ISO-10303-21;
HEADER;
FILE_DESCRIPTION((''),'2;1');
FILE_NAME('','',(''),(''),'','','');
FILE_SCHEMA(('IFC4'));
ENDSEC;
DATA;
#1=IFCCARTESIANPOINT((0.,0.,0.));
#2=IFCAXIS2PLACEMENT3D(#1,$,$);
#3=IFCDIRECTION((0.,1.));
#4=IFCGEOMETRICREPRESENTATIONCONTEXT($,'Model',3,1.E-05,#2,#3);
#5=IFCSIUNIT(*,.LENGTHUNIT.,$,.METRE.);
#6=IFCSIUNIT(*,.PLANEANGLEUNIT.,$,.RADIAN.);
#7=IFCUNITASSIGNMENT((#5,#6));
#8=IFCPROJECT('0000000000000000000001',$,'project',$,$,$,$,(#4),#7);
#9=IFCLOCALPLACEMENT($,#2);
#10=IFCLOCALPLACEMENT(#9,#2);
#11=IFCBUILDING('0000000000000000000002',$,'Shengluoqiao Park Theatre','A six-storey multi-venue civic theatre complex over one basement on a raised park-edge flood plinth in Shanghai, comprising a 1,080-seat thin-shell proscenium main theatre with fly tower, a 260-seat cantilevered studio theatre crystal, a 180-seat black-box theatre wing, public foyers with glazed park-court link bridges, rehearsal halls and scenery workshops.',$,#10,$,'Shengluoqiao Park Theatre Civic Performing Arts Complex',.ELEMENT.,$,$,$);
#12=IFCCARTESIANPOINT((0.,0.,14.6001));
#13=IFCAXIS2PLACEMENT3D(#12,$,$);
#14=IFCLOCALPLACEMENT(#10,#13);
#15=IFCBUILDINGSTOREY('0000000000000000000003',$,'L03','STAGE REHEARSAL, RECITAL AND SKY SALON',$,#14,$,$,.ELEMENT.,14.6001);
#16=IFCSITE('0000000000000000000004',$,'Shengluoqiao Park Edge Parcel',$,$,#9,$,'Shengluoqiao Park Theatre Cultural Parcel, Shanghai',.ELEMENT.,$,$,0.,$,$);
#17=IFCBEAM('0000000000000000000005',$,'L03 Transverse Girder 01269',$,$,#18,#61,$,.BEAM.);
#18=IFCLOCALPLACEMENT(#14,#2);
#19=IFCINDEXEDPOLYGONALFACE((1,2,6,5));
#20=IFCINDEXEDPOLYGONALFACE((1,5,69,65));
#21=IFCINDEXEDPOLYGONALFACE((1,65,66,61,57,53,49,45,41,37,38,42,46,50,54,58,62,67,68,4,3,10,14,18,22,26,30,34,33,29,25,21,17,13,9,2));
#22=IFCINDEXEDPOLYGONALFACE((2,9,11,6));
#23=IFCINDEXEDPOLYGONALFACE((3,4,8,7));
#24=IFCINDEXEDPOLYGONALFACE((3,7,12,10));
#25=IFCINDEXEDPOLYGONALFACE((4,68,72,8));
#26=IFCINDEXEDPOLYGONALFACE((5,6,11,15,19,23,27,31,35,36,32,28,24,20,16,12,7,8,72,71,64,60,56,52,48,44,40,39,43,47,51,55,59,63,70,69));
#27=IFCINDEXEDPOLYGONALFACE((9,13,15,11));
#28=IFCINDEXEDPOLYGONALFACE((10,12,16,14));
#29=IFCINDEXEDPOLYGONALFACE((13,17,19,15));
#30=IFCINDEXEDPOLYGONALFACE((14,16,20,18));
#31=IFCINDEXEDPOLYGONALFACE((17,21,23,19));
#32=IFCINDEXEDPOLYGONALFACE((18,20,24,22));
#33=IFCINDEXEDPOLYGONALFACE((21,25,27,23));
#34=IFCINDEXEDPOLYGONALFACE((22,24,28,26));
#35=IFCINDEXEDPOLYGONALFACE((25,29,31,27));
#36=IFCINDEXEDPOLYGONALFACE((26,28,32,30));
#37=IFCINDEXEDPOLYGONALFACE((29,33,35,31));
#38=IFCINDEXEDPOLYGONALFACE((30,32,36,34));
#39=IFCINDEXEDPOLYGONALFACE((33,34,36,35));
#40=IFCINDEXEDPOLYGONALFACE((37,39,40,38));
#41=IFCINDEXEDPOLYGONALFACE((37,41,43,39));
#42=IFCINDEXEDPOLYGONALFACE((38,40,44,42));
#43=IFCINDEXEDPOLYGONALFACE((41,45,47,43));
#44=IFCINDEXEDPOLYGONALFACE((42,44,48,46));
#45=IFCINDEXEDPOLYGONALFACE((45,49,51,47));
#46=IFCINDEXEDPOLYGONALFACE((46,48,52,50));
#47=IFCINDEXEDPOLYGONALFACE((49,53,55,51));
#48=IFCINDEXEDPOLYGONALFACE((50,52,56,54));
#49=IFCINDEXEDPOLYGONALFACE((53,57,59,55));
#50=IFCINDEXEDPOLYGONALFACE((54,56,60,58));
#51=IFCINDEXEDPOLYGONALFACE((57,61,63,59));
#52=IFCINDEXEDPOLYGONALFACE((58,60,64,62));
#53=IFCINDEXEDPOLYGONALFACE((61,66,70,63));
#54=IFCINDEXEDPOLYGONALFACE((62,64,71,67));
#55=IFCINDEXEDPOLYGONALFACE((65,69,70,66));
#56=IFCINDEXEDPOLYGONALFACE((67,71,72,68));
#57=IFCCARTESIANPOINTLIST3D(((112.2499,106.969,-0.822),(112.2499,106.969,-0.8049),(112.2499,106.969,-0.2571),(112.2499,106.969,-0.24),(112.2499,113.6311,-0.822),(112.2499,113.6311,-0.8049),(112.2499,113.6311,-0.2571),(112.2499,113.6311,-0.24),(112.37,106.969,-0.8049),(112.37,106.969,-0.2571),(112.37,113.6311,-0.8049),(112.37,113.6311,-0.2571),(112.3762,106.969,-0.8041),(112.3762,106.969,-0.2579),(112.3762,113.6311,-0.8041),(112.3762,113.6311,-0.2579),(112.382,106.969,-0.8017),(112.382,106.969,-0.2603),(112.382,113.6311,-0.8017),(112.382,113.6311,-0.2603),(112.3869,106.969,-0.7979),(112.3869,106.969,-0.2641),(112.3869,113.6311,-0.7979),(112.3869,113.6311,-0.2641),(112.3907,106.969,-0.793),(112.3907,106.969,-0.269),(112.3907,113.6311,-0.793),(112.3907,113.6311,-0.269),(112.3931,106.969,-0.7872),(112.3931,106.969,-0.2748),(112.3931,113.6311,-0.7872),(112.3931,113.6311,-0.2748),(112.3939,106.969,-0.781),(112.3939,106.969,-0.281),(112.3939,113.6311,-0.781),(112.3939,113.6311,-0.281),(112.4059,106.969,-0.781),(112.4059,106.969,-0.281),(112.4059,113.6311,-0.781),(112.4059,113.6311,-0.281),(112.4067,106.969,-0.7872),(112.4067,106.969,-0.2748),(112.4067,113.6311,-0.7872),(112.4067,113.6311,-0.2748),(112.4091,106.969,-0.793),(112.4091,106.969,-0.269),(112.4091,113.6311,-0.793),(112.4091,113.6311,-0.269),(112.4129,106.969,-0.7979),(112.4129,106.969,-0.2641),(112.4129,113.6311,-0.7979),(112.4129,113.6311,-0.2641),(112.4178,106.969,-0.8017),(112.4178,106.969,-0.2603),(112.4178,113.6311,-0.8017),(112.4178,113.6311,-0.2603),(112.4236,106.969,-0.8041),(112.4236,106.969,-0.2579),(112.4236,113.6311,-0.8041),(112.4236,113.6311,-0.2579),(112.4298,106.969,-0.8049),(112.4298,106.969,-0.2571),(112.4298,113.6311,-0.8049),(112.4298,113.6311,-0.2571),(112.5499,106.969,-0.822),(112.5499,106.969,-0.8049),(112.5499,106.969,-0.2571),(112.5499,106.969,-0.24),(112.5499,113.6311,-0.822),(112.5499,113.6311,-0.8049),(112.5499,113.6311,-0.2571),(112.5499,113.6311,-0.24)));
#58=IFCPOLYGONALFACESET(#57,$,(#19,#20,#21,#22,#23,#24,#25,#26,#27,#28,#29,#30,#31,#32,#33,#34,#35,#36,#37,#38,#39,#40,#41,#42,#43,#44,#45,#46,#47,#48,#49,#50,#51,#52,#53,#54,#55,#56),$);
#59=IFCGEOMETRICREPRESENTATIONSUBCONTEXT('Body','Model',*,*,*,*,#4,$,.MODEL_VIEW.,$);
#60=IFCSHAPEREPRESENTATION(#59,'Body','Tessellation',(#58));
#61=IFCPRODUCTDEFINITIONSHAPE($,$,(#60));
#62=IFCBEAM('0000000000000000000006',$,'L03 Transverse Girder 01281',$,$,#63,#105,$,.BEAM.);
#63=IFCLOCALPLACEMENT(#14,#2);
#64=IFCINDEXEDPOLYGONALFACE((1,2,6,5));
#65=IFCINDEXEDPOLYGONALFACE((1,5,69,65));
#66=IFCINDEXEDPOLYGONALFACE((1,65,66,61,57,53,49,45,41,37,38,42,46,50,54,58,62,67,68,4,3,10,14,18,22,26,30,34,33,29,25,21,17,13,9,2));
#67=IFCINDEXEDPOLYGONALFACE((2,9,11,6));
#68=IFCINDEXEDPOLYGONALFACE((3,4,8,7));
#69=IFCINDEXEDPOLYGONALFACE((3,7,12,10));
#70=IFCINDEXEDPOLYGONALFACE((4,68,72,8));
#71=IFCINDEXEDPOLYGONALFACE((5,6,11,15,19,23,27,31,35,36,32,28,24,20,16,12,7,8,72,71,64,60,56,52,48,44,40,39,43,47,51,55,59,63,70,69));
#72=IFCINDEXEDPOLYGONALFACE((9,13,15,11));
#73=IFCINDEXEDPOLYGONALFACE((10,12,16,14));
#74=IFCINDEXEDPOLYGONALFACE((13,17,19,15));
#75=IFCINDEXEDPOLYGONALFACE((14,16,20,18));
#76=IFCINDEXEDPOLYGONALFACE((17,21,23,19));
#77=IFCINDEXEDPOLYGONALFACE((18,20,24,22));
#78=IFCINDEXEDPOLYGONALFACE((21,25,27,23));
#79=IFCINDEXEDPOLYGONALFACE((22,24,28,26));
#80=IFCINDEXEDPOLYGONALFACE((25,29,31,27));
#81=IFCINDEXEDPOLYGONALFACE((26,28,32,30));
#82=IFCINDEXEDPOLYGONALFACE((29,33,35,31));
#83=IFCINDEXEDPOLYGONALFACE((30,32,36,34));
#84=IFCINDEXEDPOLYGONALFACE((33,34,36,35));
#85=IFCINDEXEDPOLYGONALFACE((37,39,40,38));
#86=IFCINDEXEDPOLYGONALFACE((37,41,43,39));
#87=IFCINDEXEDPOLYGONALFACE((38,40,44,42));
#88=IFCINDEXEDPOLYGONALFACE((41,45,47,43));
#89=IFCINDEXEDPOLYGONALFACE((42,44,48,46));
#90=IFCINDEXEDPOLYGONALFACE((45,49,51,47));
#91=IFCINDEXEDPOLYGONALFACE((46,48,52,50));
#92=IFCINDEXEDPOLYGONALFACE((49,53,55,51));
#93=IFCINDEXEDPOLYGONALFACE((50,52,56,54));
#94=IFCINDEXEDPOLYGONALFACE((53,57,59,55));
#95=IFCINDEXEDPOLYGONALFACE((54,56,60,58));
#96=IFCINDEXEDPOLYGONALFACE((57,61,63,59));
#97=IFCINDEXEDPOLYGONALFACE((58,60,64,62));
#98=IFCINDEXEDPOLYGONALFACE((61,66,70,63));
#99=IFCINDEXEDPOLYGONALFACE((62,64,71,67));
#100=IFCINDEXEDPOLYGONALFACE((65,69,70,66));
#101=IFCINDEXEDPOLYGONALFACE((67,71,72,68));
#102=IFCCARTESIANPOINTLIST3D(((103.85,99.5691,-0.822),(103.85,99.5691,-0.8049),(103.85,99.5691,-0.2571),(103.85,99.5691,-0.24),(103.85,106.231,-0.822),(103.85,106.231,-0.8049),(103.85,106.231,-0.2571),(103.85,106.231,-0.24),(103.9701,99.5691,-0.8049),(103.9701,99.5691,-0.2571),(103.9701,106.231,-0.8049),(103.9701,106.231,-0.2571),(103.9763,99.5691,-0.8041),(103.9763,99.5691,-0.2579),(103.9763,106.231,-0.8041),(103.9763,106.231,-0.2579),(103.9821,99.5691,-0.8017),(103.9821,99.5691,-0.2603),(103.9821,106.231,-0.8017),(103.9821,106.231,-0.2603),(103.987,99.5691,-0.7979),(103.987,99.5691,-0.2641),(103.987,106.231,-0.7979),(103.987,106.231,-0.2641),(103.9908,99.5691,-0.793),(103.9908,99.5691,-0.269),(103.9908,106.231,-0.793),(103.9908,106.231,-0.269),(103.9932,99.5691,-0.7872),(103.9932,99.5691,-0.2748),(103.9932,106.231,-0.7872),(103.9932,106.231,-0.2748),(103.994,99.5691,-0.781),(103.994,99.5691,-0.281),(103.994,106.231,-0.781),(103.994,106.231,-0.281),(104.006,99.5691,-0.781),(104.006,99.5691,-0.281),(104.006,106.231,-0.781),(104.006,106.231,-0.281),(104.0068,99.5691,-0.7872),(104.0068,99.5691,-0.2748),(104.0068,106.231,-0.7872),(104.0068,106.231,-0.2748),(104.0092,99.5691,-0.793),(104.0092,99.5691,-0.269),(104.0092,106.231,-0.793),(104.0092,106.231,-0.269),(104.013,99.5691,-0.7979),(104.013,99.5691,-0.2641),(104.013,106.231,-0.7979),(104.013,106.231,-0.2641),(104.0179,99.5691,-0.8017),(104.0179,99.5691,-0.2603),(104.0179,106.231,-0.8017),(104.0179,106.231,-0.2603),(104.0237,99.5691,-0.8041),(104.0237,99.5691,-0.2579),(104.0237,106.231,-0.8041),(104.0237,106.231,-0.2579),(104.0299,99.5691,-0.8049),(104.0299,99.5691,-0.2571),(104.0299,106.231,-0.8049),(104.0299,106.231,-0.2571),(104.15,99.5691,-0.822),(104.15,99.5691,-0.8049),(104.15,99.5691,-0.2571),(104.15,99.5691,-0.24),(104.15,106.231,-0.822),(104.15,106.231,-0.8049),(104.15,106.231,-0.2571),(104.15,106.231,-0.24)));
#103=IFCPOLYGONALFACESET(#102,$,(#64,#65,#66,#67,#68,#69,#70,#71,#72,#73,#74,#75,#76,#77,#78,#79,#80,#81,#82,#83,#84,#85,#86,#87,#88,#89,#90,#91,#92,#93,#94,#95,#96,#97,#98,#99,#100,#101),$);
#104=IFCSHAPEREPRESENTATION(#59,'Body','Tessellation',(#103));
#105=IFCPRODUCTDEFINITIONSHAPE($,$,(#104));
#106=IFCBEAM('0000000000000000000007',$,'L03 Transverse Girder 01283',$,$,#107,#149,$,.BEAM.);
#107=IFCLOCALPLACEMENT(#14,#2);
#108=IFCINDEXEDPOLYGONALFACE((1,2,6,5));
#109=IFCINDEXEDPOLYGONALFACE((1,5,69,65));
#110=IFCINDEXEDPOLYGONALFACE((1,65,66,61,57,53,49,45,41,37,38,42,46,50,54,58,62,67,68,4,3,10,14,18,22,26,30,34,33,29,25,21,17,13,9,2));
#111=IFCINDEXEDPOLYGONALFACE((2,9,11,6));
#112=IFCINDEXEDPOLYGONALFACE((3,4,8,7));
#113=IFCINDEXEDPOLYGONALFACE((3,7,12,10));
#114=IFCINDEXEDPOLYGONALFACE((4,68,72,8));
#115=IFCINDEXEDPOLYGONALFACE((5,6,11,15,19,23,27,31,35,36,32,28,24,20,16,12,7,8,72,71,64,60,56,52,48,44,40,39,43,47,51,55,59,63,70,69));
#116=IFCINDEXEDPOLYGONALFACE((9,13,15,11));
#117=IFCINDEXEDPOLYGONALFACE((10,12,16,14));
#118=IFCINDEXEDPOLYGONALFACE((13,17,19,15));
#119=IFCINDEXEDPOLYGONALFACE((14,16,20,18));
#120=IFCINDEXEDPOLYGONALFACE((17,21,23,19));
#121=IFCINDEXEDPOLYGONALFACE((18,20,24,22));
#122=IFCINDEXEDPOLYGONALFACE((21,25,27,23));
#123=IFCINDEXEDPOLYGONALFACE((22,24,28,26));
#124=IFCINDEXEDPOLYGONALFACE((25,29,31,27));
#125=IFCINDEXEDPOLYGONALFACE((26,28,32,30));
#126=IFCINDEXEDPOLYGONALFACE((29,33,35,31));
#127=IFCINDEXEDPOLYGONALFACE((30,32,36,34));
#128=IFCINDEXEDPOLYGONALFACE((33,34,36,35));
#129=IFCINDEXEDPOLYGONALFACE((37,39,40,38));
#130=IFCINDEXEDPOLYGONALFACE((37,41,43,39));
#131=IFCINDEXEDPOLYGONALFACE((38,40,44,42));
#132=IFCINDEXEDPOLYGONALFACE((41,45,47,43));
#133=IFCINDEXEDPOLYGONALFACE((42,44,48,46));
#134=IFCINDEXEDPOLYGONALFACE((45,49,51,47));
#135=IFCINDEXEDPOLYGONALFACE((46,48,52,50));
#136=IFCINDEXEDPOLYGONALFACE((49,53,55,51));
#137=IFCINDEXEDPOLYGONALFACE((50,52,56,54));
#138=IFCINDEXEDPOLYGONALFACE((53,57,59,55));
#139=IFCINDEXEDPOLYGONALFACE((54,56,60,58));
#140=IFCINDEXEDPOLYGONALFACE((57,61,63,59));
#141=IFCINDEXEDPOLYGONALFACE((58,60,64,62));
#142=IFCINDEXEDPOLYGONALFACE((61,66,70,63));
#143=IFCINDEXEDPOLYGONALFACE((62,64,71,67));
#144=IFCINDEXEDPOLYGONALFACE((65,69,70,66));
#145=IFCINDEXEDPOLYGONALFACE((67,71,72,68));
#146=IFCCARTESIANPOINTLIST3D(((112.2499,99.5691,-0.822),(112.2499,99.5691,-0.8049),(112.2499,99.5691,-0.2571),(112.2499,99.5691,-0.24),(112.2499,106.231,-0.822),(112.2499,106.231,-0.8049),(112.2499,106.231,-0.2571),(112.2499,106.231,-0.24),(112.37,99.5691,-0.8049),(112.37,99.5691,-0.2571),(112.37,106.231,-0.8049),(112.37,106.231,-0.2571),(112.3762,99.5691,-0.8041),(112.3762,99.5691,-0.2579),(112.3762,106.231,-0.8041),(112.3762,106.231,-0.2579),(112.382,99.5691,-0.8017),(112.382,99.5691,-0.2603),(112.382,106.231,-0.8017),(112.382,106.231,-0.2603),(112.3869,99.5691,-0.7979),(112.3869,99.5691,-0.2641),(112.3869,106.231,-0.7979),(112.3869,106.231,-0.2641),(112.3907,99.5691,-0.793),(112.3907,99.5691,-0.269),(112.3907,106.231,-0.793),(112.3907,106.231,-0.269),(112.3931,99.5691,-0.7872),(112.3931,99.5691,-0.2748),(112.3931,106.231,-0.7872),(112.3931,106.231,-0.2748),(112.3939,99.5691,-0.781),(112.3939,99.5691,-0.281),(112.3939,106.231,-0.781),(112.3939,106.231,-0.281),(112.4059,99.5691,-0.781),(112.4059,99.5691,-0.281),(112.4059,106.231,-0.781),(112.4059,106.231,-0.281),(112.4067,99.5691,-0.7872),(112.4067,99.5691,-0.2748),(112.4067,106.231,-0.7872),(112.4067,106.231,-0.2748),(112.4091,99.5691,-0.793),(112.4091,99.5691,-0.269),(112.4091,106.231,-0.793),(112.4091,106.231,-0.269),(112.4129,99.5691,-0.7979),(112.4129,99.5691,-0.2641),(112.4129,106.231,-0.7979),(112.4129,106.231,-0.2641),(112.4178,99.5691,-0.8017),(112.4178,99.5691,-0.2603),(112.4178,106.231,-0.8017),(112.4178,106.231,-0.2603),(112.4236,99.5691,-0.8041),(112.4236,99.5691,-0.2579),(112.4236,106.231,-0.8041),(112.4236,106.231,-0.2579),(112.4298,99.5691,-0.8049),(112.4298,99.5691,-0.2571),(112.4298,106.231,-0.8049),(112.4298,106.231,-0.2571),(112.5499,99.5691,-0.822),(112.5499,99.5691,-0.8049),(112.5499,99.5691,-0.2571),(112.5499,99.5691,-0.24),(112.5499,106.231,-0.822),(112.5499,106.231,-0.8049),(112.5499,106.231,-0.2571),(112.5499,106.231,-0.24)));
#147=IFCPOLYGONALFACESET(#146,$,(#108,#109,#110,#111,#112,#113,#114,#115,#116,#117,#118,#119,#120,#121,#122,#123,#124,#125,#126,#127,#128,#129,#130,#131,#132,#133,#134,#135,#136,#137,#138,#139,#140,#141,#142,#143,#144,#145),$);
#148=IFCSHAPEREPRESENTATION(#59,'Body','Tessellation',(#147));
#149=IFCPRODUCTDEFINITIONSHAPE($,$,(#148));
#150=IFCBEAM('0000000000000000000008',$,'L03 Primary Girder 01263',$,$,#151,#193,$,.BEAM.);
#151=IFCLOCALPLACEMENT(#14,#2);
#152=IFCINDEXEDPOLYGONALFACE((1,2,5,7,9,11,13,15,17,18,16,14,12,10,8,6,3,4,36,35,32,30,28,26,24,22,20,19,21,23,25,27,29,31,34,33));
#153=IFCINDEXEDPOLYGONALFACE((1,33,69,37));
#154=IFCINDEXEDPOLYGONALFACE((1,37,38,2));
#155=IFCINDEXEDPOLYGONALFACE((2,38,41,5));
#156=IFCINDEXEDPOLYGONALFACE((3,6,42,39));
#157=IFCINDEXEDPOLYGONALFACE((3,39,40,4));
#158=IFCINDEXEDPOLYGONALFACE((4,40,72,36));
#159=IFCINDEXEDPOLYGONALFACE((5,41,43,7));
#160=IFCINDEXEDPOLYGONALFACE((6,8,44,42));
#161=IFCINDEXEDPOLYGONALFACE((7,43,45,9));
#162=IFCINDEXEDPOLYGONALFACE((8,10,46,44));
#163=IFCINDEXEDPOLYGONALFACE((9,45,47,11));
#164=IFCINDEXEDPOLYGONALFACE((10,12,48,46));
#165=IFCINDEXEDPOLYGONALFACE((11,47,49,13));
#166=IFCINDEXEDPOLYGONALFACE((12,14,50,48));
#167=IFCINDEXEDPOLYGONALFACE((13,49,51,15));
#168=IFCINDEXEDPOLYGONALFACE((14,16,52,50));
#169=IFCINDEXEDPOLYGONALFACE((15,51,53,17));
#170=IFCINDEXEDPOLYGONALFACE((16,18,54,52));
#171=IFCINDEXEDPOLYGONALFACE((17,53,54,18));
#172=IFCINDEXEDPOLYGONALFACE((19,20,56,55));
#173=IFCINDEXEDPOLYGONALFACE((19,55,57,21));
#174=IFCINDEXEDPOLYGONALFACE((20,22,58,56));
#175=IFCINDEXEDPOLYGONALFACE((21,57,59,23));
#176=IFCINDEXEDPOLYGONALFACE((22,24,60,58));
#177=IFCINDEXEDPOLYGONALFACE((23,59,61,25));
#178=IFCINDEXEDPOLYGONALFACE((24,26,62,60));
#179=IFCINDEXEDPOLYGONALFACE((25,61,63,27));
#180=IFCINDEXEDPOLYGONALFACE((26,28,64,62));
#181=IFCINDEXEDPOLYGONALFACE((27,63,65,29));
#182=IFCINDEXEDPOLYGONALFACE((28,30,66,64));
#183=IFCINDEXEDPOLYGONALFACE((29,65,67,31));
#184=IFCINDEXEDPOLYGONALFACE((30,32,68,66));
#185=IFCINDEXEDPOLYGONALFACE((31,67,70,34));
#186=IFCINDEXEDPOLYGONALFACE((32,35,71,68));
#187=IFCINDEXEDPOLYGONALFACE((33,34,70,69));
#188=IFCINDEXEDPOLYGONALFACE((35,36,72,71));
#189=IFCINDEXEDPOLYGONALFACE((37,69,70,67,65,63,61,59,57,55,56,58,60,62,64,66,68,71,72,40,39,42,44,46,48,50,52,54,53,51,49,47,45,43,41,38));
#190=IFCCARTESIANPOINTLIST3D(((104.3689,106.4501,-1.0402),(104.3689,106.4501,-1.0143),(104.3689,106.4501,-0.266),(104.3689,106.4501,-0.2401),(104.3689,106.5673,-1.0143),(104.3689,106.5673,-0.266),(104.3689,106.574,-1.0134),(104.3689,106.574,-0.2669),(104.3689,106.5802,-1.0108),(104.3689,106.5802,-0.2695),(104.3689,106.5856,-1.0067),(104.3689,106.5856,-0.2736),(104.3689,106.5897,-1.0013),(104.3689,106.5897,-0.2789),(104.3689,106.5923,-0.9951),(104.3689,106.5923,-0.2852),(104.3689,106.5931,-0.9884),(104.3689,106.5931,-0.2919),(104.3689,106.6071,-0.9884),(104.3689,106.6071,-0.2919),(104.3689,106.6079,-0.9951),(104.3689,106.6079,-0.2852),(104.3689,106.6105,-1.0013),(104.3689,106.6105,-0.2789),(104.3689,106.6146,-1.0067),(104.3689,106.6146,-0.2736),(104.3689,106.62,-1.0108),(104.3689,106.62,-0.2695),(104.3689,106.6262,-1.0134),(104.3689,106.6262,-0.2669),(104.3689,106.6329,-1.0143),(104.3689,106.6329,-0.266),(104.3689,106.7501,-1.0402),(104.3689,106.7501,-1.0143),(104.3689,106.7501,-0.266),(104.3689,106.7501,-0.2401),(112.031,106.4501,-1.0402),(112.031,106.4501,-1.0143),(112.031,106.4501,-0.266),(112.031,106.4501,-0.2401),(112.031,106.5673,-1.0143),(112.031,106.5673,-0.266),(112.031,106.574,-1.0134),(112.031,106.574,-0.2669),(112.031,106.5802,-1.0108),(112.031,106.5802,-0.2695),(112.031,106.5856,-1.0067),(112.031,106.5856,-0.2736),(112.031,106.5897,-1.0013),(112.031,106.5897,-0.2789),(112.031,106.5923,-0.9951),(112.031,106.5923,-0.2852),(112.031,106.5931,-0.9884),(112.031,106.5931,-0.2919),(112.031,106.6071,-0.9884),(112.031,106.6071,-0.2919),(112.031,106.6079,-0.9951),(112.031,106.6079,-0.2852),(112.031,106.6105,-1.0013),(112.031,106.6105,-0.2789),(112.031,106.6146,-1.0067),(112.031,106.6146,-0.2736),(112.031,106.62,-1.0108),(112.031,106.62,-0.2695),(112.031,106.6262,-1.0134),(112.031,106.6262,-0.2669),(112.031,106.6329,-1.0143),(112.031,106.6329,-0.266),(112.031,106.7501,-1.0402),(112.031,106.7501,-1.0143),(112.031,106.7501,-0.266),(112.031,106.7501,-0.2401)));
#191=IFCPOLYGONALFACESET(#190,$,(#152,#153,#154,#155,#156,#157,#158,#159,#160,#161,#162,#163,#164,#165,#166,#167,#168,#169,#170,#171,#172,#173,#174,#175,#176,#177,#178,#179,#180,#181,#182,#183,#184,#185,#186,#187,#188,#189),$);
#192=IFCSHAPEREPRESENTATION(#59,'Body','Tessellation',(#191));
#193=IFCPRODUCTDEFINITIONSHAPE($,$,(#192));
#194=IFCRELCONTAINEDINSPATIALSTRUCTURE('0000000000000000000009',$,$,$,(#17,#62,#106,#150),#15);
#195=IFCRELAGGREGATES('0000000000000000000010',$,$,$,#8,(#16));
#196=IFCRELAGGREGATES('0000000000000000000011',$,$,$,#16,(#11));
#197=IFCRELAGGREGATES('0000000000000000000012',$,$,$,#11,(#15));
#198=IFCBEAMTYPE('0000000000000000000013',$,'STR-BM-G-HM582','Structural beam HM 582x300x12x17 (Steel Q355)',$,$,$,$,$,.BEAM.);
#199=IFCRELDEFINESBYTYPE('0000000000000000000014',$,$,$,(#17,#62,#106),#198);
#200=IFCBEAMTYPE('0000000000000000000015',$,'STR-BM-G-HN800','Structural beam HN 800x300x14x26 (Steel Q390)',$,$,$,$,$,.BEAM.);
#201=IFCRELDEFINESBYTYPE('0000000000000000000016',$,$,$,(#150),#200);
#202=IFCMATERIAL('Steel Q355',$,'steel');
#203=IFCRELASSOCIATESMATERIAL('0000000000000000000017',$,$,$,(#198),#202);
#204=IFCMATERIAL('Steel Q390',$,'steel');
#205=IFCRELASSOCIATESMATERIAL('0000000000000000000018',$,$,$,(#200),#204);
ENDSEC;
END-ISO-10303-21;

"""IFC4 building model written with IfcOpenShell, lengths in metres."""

from ifc_helpers import new_model, si_unit, direction, frame, origin, origin_2d, place, context, subcontext, project, spatial, i_section, extrude, material, material_profile, profile_set, type_object, element, save


model = new_model("IFC4")

# Units and contexts
model_context = context("Model", 3, precision=1e-05, world=origin(), true_north=direction((0.0, 1.0)))
body_context = subcontext(model_context, "Body", "Model", "MODEL_VIEW")
ifc_project = project(units=[si_unit("LENGTHUNIT", "METRE"), si_unit("PLANEANGLEUNIT", "RADIAN")], contexts=[model_context])

# Site, building, storey
site_placement = place(None, origin())
site = spatial("IfcSite", under=ifc_project, at=site_placement, Name="Shengluoqiao Park Edge Parcel", LongName="Shengluoqiao Park Theatre Cultural Parcel, Shanghai", CompositionType="ELEMENT", RefElevation=0.0)
building_placement = place(site_placement, origin())
building = spatial("IfcBuilding", under=site, at=building_placement, Name="Shengluoqiao Park Theatre", Description="A six-storey multi-venue civic theatre complex over one basement on a raised park-edge flood plinth in Shanghai, comprising a 1,080-seat thin-shell proscenium main theatre with fly tower, a 260-seat cantilevered studio theatre crystal, a 180-seat black-box theatre wing, public foyers with glazed park-court link bridges, rehearsal halls and scenery workshops.", LongName="Shengluoqiao Park Theatre Civic Performing Arts Complex", CompositionType="ELEMENT")
storey_placement = place(building_placement, frame((0.0, 0.0, 14.6001)))
storey = spatial("IfcBuildingStorey", under=building, at=storey_placement, Name="L03", Description="STAGE REHEARSAL, RECITAL AND SKY SALON", CompositionType="ELEMENT", Elevation=14.6001)

# Beams
ifc_material_1 = material(Name="Steel Q355", Category="steel")
ifc_material_profile_1 = material_profile(ifc_material_1, i_section(OverallWidth=0.3, OverallDepth=0.582, WebThickness=0.012, FlangeThickness=0.0171, FilletRadius=0.0239, at=origin_2d()), Name="HM 582x300x12x17")
ifc_profile_set_1 = profile_set([ifc_material_profile_1], Name="Steel Q355")
beam_type_1 = type_object("IfcBeamType", Name="STR-BM-G-HM582", Description="Structural beam HM 582x300x12x17 (Steel Q355)", PredefinedType="BEAM", material=ifc_profile_set_1)
for number, where, z_axis, x_axis, name in (
    (1, (112.3999, 106.969, -0.531), (0.0, 1.0, 0.0), (-1.0, 0.0, 0.0), "L03 Transverse Girder 01269"),
):
    element("IfcBeam", number, at=place(storey_placement, frame(where, z_axis=z_axis, x_axis=x_axis)), inside=storey, type_object=beam_type_1, Name=name, PredefinedType="BEAM", context=body_context, shape_type="SweptSolid", body=[
        extrude(i_section(OverallWidth=0.3, OverallDepth=0.582, WebThickness=0.012, FlangeThickness=0.0171, FilletRadius=0.0239, at=origin_2d()), origin(), (0.0, 0.0, 1.0), 6.6621),
    ])
for number, where, z_axis, x_axis, name in (
    (2, (104.0, 99.5691, -0.531), (0.0, 1.0, 0.0), (-1.0, 0.0, 0.0), "L03 Transverse Girder 01281"),
    (3, (112.3999, 99.5691, -0.531), (0.0, 1.0, 0.0), (-1.0, 0.0, 0.0), "L03 Transverse Girder 01283"),
):
    element("IfcBeam", number, at=place(storey_placement, frame(where, z_axis=z_axis, x_axis=x_axis)), inside=storey, type_object=beam_type_1, Name=name, PredefinedType="BEAM", context=body_context, shape_type="SweptSolid", body=[
        extrude(i_section(OverallWidth=0.3, OverallDepth=0.582, WebThickness=0.012, FlangeThickness=0.0171, FilletRadius=0.0239, at=origin_2d()), origin(), (0.0, 0.0, 1.0), 6.6619),
    ])
ifc_material_2 = material(Name="Steel Q390", Category="steel")
ifc_material_profile_2 = material_profile(ifc_material_2, i_section(OverallWidth=0.3, OverallDepth=0.8, WebThickness=0.0139, FlangeThickness=0.0259, FilletRadius=0.0259, at=origin_2d()), Name="HN 800x300x14x26")
ifc_profile_set_2 = profile_set([ifc_material_profile_2], Name="Steel Q390")
beam_type_2 = type_object("IfcBeamType", Name="STR-BM-G-HN800", Description="Structural beam HN 800x300x14x26 (Steel Q390)", PredefinedType="BEAM", material=ifc_profile_set_2)
for number, where, z_axis, x_axis, name in (
    (4, (104.3689, 106.6001, -0.6401), (1.0, 0.0, 0.0), (0.0, 1.0, 0.0), "L03 Primary Girder 01263"),
):
    element("IfcBeam", number, at=place(storey_placement, frame(where, z_axis=z_axis, x_axis=x_axis)), inside=storey, type_object=beam_type_2, Name=name, PredefinedType="BEAM", context=body_context, shape_type="SweptSolid", body=[
        extrude(i_section(OverallWidth=0.3, OverallDepth=0.8, WebThickness=0.0139, FlangeThickness=0.0259, FilletRadius=0.0259, at=origin_2d()), origin(), (0.0, 0.0, 1.0), 7.6621),
    ])

save(model, "model.ifc")
